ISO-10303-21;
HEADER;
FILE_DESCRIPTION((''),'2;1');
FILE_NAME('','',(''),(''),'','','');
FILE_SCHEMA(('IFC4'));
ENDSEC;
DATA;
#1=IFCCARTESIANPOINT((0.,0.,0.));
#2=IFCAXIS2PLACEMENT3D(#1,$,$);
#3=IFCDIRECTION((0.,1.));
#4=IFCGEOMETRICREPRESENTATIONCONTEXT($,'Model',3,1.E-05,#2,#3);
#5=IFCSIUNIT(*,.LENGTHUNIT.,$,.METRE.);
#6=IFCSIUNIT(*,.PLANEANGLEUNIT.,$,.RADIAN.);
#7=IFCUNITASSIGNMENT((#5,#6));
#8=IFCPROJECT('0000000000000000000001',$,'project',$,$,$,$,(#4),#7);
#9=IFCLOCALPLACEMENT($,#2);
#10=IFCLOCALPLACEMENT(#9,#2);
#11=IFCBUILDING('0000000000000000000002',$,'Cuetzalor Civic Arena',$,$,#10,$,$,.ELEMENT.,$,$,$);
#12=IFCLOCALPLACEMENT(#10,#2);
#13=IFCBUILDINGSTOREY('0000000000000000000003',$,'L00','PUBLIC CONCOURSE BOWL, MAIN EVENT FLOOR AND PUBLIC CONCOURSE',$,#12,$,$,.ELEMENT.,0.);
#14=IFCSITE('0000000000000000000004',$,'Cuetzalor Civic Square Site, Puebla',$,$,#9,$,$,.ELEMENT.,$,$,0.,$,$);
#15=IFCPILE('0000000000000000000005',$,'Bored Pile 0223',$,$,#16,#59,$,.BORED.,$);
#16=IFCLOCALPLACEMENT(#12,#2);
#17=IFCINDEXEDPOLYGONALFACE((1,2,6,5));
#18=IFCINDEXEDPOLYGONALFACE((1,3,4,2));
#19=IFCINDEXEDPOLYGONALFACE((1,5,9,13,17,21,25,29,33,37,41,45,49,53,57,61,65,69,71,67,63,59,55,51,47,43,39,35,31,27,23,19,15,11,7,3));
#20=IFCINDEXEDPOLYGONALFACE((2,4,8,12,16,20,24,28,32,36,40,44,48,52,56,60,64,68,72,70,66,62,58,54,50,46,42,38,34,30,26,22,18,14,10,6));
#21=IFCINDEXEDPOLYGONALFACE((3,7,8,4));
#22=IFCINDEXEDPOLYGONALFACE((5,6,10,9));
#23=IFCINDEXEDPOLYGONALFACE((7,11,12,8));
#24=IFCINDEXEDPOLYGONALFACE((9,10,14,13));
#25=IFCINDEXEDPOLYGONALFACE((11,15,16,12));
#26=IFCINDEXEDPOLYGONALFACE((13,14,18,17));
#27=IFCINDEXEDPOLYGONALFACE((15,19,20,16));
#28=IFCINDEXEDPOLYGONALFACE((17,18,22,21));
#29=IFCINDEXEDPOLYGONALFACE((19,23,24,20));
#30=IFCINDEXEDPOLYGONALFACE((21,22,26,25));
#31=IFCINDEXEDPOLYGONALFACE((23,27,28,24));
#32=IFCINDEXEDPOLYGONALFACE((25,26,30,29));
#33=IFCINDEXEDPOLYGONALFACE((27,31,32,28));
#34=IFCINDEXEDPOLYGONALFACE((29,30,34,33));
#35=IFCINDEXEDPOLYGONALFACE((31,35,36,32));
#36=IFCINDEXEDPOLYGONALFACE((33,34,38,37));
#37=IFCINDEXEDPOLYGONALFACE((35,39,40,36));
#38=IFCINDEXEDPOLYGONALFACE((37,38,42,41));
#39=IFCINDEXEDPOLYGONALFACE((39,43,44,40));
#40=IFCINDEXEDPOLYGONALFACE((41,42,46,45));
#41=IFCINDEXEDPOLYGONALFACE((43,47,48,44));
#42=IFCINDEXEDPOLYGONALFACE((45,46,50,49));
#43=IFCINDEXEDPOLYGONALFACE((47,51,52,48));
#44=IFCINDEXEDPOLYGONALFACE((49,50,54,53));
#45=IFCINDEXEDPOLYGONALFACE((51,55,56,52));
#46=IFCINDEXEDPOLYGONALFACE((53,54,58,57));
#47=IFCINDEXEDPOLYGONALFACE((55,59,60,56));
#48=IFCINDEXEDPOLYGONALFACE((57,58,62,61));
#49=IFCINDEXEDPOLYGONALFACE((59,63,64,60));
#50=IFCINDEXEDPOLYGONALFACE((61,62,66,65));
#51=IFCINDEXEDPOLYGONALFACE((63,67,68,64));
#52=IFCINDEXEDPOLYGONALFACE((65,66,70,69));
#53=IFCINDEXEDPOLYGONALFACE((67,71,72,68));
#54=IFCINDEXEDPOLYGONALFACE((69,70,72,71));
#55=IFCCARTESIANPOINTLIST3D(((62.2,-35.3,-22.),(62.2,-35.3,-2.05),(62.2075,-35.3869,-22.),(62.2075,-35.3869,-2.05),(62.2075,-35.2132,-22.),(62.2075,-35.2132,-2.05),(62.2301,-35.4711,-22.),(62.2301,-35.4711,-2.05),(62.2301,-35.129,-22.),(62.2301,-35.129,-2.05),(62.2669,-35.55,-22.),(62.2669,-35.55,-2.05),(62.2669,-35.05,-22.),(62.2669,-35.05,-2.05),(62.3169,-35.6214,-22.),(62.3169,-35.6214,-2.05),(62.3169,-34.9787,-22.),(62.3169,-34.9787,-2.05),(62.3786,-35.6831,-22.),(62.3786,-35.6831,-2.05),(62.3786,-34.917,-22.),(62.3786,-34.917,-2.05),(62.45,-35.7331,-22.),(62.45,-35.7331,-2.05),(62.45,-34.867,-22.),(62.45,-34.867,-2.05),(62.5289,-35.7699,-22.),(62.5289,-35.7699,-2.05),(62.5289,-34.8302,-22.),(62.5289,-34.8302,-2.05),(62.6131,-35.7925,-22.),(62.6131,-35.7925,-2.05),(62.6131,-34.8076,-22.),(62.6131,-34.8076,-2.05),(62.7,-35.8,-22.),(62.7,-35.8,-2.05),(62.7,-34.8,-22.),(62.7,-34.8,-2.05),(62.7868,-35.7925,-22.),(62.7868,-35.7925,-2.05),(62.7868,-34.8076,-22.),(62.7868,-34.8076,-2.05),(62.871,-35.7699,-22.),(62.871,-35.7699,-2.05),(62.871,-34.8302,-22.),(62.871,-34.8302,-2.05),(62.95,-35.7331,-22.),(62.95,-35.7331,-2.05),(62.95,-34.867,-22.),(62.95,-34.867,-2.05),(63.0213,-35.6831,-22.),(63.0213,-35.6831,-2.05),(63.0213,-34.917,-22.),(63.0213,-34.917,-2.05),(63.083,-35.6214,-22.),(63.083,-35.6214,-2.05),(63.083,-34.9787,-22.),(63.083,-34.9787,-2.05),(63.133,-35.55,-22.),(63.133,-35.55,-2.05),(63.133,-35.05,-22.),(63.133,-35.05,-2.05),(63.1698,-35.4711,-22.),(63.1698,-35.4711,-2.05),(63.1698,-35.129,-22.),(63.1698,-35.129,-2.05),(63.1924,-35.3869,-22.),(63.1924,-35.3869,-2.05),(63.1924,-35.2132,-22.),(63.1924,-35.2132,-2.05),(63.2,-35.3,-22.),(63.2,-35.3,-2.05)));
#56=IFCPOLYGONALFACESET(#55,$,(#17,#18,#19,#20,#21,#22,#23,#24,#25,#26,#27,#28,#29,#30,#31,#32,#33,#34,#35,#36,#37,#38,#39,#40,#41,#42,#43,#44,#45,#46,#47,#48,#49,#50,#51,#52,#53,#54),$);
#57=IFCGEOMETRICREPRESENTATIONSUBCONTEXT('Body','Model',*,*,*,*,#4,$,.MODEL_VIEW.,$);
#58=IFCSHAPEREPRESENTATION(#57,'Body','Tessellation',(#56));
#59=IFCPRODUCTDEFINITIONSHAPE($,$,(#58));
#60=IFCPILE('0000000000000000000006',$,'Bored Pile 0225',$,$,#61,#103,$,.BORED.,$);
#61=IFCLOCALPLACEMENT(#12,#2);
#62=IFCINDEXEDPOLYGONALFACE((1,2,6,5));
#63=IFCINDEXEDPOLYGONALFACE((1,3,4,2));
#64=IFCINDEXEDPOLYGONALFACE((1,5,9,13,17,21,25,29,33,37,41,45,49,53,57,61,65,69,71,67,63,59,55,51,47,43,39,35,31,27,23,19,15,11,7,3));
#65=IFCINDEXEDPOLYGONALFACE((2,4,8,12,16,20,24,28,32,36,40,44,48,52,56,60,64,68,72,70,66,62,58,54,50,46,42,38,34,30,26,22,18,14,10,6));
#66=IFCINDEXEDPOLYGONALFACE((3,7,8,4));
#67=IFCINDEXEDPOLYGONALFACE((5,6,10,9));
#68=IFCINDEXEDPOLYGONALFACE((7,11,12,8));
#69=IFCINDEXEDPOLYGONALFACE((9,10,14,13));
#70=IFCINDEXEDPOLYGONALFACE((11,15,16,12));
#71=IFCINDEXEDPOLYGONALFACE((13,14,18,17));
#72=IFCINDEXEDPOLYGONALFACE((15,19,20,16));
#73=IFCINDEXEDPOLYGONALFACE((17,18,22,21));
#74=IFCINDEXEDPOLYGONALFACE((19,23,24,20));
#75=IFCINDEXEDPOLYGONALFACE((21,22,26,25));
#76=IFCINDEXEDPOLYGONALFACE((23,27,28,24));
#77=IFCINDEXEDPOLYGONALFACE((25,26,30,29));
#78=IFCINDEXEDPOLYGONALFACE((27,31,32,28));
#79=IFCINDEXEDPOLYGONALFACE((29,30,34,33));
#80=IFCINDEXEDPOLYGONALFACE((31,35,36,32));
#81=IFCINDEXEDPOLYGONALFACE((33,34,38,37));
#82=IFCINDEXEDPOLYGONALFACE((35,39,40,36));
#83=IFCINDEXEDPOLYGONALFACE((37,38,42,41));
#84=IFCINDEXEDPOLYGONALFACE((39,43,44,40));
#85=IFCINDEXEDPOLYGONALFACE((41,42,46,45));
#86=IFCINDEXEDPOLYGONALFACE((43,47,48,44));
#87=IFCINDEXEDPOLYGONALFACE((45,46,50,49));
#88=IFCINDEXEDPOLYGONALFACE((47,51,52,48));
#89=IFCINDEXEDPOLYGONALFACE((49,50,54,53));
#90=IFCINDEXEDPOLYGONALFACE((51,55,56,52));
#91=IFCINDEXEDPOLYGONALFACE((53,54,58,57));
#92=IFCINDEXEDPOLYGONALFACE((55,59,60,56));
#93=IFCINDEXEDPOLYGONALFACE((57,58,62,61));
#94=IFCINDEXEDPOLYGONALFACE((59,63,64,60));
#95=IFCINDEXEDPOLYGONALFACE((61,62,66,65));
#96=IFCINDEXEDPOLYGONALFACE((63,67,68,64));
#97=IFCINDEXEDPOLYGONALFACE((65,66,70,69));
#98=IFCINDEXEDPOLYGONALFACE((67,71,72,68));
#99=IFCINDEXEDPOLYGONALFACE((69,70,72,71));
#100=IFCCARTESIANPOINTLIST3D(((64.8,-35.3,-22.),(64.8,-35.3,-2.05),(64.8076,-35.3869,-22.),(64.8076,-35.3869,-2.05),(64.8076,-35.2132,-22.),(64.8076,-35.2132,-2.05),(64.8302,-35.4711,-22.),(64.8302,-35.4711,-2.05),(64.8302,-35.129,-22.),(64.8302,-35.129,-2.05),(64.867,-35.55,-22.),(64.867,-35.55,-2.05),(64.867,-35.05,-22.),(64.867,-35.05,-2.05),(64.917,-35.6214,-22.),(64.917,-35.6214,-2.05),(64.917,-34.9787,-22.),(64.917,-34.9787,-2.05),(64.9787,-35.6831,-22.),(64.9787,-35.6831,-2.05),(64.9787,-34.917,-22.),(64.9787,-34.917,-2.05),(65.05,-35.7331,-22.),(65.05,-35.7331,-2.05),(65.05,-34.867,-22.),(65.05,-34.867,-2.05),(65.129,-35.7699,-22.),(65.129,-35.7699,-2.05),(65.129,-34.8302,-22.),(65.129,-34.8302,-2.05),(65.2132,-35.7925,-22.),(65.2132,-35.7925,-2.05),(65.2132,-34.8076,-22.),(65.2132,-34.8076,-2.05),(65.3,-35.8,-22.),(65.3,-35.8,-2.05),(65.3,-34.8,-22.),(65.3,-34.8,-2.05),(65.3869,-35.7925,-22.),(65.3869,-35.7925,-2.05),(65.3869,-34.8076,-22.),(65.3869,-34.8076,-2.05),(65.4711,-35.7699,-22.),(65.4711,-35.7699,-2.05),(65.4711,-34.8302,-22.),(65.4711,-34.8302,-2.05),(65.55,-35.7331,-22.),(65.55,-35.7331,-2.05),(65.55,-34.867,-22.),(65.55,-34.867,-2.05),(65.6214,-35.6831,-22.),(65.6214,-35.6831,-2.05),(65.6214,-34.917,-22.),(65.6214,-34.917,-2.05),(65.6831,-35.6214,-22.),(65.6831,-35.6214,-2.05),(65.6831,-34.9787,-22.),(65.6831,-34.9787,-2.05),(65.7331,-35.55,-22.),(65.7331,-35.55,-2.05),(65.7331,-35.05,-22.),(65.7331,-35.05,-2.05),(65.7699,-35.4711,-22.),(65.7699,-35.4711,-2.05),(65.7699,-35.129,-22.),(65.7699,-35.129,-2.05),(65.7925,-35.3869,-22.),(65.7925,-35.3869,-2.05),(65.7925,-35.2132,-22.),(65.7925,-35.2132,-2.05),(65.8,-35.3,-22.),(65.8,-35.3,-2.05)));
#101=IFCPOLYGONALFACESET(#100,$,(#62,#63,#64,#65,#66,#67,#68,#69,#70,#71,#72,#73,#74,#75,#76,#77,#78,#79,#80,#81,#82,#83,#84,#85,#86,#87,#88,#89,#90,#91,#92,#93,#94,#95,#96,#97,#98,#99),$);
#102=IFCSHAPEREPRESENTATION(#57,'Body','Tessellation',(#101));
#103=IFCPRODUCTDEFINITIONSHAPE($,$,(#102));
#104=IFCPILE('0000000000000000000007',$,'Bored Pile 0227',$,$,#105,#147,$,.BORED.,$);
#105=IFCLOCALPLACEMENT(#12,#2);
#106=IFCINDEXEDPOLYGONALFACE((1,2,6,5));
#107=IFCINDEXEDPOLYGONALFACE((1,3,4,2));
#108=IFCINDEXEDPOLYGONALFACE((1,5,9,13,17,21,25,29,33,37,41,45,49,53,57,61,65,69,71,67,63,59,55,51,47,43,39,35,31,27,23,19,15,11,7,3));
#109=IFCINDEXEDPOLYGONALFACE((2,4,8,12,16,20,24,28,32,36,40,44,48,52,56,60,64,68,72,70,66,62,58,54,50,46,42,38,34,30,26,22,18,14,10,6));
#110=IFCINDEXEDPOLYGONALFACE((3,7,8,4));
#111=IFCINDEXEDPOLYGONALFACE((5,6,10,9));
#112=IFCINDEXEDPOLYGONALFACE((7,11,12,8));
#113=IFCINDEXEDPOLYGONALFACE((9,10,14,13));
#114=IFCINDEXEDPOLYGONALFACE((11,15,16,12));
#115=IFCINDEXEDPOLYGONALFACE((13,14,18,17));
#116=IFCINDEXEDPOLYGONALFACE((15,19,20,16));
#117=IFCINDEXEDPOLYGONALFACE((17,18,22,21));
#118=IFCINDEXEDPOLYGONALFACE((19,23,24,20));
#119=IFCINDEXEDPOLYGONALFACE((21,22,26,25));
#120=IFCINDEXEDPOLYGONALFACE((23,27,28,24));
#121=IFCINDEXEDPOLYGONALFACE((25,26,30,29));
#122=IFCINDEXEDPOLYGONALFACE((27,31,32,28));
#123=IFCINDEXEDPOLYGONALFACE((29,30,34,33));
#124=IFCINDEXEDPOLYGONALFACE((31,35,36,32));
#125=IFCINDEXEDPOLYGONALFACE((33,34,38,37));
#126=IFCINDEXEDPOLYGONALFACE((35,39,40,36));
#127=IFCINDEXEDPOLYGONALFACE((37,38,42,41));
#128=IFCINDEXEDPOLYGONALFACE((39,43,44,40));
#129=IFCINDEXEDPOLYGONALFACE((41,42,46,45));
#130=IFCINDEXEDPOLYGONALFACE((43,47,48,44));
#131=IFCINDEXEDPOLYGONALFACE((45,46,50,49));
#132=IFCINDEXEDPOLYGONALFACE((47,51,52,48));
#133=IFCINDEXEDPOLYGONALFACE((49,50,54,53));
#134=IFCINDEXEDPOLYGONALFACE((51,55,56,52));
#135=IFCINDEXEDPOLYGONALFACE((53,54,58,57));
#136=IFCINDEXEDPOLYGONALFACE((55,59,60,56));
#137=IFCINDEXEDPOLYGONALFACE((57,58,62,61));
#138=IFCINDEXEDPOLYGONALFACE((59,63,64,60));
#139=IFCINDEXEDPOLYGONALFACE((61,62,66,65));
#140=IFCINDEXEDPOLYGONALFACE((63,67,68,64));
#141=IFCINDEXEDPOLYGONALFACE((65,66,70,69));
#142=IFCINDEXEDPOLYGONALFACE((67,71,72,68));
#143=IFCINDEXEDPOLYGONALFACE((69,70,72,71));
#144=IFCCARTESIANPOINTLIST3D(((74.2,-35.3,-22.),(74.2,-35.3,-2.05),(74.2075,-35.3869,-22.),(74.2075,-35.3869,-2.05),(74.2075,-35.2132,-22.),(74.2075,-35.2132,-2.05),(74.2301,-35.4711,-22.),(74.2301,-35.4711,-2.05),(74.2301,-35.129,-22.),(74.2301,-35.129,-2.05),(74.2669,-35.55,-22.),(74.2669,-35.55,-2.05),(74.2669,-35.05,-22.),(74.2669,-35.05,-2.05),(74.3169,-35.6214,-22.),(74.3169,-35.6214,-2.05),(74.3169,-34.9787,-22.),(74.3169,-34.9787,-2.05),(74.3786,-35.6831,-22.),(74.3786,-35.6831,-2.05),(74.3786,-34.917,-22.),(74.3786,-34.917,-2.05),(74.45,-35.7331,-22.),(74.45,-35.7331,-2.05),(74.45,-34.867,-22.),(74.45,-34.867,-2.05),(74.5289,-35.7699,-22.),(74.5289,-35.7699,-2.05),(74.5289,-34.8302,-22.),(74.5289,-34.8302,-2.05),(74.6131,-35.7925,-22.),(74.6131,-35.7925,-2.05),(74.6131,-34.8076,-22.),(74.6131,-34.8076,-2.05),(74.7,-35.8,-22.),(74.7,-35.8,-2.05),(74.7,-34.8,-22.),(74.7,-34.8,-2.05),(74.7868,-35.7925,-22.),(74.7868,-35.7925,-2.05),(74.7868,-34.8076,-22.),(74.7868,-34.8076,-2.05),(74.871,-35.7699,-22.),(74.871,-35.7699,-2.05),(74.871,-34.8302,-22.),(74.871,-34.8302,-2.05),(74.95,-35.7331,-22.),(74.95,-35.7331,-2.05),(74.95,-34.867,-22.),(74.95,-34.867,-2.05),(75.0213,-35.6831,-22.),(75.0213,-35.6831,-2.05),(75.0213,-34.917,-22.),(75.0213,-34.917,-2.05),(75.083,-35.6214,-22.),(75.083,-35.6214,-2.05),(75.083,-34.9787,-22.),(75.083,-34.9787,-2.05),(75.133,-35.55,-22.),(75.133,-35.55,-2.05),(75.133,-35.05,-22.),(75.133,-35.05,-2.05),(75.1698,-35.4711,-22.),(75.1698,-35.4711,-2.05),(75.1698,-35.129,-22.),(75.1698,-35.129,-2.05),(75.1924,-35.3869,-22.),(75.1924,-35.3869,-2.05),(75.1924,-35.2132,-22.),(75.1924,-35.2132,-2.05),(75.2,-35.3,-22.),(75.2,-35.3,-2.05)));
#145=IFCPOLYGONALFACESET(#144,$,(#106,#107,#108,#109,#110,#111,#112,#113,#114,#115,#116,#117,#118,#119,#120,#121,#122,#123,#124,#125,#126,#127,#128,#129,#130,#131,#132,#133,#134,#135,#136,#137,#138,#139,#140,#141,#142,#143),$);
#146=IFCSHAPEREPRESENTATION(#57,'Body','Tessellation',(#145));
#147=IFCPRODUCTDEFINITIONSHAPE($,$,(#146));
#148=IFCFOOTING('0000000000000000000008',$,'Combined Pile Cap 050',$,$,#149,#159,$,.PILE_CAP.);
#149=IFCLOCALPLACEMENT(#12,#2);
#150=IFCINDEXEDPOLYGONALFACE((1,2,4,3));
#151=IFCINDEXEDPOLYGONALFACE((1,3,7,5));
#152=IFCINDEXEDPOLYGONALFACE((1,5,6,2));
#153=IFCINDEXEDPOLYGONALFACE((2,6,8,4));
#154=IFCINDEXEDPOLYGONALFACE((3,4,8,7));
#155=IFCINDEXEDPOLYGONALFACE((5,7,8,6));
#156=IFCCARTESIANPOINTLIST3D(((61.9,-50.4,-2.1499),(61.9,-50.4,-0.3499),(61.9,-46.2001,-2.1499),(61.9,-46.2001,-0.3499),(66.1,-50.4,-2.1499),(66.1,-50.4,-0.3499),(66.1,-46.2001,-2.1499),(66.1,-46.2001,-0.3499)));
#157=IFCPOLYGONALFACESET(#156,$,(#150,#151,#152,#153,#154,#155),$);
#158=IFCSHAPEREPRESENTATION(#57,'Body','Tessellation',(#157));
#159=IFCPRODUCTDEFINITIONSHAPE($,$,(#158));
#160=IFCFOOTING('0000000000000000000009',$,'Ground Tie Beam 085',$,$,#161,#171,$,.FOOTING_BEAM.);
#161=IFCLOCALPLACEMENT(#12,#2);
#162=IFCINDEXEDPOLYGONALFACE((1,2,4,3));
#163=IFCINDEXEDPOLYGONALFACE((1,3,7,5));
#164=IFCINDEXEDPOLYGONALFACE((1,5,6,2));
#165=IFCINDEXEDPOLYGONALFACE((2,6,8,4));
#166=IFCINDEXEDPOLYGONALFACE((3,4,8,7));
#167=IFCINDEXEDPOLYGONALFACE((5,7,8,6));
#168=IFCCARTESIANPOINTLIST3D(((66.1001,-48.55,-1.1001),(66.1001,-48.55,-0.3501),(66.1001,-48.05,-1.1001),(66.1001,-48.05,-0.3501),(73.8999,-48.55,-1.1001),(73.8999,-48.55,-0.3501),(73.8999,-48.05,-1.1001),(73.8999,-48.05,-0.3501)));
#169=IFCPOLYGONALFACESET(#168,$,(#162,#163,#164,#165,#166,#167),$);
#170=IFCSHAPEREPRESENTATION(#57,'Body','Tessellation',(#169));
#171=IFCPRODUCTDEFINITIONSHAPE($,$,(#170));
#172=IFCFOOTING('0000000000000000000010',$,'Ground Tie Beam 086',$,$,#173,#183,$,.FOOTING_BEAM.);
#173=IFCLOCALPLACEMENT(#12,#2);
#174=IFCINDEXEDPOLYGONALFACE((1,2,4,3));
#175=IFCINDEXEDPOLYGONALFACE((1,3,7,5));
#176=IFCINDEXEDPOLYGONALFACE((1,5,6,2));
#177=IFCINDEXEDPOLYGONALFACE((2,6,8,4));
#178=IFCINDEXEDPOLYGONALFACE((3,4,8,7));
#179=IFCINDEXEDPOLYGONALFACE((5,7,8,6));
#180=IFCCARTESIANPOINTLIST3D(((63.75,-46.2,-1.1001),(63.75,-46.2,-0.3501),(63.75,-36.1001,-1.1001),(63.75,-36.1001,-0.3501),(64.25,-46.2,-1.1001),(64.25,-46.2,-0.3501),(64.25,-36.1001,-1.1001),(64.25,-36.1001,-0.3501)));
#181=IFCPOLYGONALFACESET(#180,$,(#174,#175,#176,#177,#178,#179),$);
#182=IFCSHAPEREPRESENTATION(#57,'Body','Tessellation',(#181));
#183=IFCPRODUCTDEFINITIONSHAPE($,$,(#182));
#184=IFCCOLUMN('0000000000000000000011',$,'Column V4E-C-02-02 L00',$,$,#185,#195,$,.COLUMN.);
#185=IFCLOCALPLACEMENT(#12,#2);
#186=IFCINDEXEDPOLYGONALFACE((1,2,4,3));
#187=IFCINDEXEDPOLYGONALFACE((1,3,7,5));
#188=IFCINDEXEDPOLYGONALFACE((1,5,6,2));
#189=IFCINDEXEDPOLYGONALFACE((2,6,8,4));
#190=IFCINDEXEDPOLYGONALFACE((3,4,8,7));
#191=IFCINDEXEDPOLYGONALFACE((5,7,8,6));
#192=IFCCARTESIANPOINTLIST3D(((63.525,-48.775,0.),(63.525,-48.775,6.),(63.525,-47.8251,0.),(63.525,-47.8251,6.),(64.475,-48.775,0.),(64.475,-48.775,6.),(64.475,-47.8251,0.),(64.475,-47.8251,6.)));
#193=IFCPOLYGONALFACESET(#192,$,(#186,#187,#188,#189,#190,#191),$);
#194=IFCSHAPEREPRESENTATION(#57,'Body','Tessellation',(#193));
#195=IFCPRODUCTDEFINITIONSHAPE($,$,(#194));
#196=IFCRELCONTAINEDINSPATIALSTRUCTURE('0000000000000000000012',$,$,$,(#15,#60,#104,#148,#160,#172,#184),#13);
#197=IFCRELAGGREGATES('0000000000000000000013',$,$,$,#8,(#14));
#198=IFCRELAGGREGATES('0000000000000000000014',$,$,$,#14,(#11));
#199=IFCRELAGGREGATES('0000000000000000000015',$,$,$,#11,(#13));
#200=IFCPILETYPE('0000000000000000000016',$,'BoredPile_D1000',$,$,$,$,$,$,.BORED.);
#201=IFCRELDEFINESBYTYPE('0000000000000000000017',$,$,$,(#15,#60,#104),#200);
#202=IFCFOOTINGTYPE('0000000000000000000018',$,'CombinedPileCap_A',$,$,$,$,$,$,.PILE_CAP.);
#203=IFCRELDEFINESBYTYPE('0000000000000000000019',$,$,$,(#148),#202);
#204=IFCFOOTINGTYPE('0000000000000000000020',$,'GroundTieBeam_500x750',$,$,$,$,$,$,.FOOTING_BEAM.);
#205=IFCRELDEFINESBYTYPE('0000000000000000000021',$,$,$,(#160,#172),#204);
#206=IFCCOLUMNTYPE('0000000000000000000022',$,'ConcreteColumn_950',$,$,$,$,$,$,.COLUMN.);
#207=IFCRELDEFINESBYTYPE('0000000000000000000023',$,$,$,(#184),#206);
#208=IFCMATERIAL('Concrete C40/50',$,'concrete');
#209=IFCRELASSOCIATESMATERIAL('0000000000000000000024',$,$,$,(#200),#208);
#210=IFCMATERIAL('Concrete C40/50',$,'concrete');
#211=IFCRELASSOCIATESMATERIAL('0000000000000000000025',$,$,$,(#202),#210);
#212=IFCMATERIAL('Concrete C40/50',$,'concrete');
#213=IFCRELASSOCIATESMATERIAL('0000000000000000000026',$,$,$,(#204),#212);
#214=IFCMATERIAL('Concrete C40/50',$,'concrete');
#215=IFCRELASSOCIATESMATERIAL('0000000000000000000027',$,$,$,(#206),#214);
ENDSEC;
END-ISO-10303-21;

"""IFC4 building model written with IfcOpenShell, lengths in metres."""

from ifc_helpers import new_model, si_unit, direction, frame, origin, origin_2d, place, context, subcontext, project, spatial, rectangle, circle, extrude, material, material_profile, profile_set, type_object, element, save


model = new_model("IFC4")

# Units and contexts
model_context = context("Model", 3, precision=1e-05, world=origin(), true_north=direction((0.0, 1.0)))
body_context = subcontext(model_context, "Body", "Model", "MODEL_VIEW")
ifc_project = project(units=[si_unit("LENGTHUNIT", "METRE"), si_unit("PLANEANGLEUNIT", "RADIAN")], contexts=[model_context])

# Site, building, storey
site_placement = place(None, origin())
site = spatial("IfcSite", under=ifc_project, at=site_placement, Name="Cuetzalor Civic Square Site, Puebla", CompositionType="ELEMENT", RefElevation=0.0)
building_placement = place(site_placement, origin())
building = spatial("IfcBuilding", under=site, at=building_placement, Name="Cuetzalor Civic Arena", CompositionType="ELEMENT")
storey_placement = place(building_placement, origin())
storey = spatial("IfcBuildingStorey", under=building, at=storey_placement, Name="L00", Description="PUBLIC CONCOURSE BOWL, MAIN EVENT FLOOR AND PUBLIC CONCOURSE", CompositionType="ELEMENT", Elevation=0.0)

# Piles
ifc_material_1 = material(Name="Concrete C40/50", Category="concrete")
ifc_material_profile_1 = material_profile(ifc_material_1, circle(Radius=0.5, at=origin_2d()), Name="BORED PILE D1000")
ifc_profile_set_1 = profile_set([ifc_material_profile_1], Name="Concrete C40/50")
pile_type = type_object("IfcPileType", Name="BoredPile_D1000", PredefinedType="BORED", material=ifc_profile_set_1)
for number, where, z_axis, x_axis, name in (
    (1, (62.7, -35.3, -2.05), (0.0, 0.0, -1.0), (1.0, 0.0, 0.0), "Bored Pile 0223"),
    (2, (65.3, -35.3, -2.05), (0.0, 0.0, -1.0), (1.0, 0.0, 0.0), "Bored Pile 0225"),
    (3, (74.7, -35.3, -2.05), (0.0, 0.0, -1.0), (1.0, 0.0, 0.0), "Bored Pile 0227"),
):
    element("IfcPile", number, at=place(storey_placement, frame(where, z_axis=z_axis, x_axis=x_axis)), inside=storey, type_object=pile_type, Name=name, PredefinedType="BORED", context=body_context, shape_type="SweptSolid", body=[
        extrude(circle(Radius=0.5, at=origin_2d()), origin(), (0.0, 0.0, 1.0), 19.95),
    ])

# Footings
ifc_material_2 = material(Name="Concrete C40/50", Category="concrete")
footing_type_1 = type_object("IfcFootingType", Name="CombinedPileCap_A", PredefinedType="PILE_CAP", material=ifc_material_2)
footing_1_placement = place(storey_placement, frame((64.0, -48.3, -2.1499), z_axis=(0.0, 0.0, 1.0), x_axis=(1.0, 0.0, 0.0)))
element("IfcFooting", 4, at=footing_1_placement, inside=storey, type_object=footing_type_1, Name="Combined Pile Cap 050", PredefinedType="PILE_CAP", context=body_context, shape_type="SweptSolid", body=[
    extrude(rectangle(XDim=4.2, YDim=4.2, at=origin_2d()), origin(), (0.0, 0.0, 1.0), 1.8),
])
ifc_material_3 = material(Name="Concrete C40/50", Category="concrete")
ifc_material_profile_2 = material_profile(ifc_material_3, rectangle(XDim=0.5, YDim=0.75, at=origin_2d()), Name="RC 500x750")
ifc_profile_set_2 = profile_set([ifc_material_profile_2], Name="Concrete C40/50")
footing_type_2 = type_object("IfcFootingType", Name="GroundTieBeam_500x750", PredefinedType="FOOTING_BEAM", material=ifc_profile_set_2)
footing_2_placement = place(storey_placement, frame((66.1001, -48.3, -0.7251), z_axis=(1.0, 0.0, 0.0), x_axis=(0.0, 1.0, 0.0)))
element("IfcFooting", 5, at=footing_2_placement, inside=storey, type_object=footing_type_2, Name="Ground Tie Beam 085", PredefinedType="FOOTING_BEAM", context=body_context, shape_type="SweptSolid", body=[
    extrude(rectangle(XDim=0.5, YDim=0.75, at=origin_2d()), origin(), (0.0, 0.0, 1.0), 7.7998),
])
footing_3_placement = place(storey_placement, frame((64.0, -46.2, -0.7251), z_axis=(0.0, 1.0, 0.0), x_axis=(-1.0, 0.0, 0.0)))
element("IfcFooting", 6, at=footing_3_placement, inside=storey, type_object=footing_type_2, Name="Ground Tie Beam 086", PredefinedType="FOOTING_BEAM", context=body_context, shape_type="SweptSolid", body=[
    extrude(rectangle(XDim=0.5, YDim=0.75, at=origin_2d()), origin(), (0.0, 0.0, 1.0), 10.0999),
])

# Column
ifc_material_4 = material(Name="Concrete C40/50", Category="concrete")
ifc_material_profile_3 = material_profile(ifc_material_4, rectangle(XDim=0.95, YDim=0.95, at=origin_2d()), Name="RC 950x950")
ifc_profile_set_3 = profile_set([ifc_material_profile_3], Name="Concrete C40/50")
column_type = type_object("IfcColumnType", Name="ConcreteColumn_950", PredefinedType="COLUMN", material=ifc_profile_set_3)
column_placement = place(storey_placement, frame((64.0, -48.3, 0.0), z_axis=(0.0, 0.0, 1.0), x_axis=(1.0, 0.0, 0.0)))
element("IfcColumn", 7, at=column_placement, inside=storey, type_object=column_type, Name="Column V4E-C-02-02 L00", PredefinedType="COLUMN", context=body_context, shape_type="SweptSolid", body=[
    extrude(rectangle(XDim=0.95, YDim=0.95, at=origin_2d()), origin(), (0.0, 0.0, 1.0), 6.0),
])

save(model, "model.ifc")
